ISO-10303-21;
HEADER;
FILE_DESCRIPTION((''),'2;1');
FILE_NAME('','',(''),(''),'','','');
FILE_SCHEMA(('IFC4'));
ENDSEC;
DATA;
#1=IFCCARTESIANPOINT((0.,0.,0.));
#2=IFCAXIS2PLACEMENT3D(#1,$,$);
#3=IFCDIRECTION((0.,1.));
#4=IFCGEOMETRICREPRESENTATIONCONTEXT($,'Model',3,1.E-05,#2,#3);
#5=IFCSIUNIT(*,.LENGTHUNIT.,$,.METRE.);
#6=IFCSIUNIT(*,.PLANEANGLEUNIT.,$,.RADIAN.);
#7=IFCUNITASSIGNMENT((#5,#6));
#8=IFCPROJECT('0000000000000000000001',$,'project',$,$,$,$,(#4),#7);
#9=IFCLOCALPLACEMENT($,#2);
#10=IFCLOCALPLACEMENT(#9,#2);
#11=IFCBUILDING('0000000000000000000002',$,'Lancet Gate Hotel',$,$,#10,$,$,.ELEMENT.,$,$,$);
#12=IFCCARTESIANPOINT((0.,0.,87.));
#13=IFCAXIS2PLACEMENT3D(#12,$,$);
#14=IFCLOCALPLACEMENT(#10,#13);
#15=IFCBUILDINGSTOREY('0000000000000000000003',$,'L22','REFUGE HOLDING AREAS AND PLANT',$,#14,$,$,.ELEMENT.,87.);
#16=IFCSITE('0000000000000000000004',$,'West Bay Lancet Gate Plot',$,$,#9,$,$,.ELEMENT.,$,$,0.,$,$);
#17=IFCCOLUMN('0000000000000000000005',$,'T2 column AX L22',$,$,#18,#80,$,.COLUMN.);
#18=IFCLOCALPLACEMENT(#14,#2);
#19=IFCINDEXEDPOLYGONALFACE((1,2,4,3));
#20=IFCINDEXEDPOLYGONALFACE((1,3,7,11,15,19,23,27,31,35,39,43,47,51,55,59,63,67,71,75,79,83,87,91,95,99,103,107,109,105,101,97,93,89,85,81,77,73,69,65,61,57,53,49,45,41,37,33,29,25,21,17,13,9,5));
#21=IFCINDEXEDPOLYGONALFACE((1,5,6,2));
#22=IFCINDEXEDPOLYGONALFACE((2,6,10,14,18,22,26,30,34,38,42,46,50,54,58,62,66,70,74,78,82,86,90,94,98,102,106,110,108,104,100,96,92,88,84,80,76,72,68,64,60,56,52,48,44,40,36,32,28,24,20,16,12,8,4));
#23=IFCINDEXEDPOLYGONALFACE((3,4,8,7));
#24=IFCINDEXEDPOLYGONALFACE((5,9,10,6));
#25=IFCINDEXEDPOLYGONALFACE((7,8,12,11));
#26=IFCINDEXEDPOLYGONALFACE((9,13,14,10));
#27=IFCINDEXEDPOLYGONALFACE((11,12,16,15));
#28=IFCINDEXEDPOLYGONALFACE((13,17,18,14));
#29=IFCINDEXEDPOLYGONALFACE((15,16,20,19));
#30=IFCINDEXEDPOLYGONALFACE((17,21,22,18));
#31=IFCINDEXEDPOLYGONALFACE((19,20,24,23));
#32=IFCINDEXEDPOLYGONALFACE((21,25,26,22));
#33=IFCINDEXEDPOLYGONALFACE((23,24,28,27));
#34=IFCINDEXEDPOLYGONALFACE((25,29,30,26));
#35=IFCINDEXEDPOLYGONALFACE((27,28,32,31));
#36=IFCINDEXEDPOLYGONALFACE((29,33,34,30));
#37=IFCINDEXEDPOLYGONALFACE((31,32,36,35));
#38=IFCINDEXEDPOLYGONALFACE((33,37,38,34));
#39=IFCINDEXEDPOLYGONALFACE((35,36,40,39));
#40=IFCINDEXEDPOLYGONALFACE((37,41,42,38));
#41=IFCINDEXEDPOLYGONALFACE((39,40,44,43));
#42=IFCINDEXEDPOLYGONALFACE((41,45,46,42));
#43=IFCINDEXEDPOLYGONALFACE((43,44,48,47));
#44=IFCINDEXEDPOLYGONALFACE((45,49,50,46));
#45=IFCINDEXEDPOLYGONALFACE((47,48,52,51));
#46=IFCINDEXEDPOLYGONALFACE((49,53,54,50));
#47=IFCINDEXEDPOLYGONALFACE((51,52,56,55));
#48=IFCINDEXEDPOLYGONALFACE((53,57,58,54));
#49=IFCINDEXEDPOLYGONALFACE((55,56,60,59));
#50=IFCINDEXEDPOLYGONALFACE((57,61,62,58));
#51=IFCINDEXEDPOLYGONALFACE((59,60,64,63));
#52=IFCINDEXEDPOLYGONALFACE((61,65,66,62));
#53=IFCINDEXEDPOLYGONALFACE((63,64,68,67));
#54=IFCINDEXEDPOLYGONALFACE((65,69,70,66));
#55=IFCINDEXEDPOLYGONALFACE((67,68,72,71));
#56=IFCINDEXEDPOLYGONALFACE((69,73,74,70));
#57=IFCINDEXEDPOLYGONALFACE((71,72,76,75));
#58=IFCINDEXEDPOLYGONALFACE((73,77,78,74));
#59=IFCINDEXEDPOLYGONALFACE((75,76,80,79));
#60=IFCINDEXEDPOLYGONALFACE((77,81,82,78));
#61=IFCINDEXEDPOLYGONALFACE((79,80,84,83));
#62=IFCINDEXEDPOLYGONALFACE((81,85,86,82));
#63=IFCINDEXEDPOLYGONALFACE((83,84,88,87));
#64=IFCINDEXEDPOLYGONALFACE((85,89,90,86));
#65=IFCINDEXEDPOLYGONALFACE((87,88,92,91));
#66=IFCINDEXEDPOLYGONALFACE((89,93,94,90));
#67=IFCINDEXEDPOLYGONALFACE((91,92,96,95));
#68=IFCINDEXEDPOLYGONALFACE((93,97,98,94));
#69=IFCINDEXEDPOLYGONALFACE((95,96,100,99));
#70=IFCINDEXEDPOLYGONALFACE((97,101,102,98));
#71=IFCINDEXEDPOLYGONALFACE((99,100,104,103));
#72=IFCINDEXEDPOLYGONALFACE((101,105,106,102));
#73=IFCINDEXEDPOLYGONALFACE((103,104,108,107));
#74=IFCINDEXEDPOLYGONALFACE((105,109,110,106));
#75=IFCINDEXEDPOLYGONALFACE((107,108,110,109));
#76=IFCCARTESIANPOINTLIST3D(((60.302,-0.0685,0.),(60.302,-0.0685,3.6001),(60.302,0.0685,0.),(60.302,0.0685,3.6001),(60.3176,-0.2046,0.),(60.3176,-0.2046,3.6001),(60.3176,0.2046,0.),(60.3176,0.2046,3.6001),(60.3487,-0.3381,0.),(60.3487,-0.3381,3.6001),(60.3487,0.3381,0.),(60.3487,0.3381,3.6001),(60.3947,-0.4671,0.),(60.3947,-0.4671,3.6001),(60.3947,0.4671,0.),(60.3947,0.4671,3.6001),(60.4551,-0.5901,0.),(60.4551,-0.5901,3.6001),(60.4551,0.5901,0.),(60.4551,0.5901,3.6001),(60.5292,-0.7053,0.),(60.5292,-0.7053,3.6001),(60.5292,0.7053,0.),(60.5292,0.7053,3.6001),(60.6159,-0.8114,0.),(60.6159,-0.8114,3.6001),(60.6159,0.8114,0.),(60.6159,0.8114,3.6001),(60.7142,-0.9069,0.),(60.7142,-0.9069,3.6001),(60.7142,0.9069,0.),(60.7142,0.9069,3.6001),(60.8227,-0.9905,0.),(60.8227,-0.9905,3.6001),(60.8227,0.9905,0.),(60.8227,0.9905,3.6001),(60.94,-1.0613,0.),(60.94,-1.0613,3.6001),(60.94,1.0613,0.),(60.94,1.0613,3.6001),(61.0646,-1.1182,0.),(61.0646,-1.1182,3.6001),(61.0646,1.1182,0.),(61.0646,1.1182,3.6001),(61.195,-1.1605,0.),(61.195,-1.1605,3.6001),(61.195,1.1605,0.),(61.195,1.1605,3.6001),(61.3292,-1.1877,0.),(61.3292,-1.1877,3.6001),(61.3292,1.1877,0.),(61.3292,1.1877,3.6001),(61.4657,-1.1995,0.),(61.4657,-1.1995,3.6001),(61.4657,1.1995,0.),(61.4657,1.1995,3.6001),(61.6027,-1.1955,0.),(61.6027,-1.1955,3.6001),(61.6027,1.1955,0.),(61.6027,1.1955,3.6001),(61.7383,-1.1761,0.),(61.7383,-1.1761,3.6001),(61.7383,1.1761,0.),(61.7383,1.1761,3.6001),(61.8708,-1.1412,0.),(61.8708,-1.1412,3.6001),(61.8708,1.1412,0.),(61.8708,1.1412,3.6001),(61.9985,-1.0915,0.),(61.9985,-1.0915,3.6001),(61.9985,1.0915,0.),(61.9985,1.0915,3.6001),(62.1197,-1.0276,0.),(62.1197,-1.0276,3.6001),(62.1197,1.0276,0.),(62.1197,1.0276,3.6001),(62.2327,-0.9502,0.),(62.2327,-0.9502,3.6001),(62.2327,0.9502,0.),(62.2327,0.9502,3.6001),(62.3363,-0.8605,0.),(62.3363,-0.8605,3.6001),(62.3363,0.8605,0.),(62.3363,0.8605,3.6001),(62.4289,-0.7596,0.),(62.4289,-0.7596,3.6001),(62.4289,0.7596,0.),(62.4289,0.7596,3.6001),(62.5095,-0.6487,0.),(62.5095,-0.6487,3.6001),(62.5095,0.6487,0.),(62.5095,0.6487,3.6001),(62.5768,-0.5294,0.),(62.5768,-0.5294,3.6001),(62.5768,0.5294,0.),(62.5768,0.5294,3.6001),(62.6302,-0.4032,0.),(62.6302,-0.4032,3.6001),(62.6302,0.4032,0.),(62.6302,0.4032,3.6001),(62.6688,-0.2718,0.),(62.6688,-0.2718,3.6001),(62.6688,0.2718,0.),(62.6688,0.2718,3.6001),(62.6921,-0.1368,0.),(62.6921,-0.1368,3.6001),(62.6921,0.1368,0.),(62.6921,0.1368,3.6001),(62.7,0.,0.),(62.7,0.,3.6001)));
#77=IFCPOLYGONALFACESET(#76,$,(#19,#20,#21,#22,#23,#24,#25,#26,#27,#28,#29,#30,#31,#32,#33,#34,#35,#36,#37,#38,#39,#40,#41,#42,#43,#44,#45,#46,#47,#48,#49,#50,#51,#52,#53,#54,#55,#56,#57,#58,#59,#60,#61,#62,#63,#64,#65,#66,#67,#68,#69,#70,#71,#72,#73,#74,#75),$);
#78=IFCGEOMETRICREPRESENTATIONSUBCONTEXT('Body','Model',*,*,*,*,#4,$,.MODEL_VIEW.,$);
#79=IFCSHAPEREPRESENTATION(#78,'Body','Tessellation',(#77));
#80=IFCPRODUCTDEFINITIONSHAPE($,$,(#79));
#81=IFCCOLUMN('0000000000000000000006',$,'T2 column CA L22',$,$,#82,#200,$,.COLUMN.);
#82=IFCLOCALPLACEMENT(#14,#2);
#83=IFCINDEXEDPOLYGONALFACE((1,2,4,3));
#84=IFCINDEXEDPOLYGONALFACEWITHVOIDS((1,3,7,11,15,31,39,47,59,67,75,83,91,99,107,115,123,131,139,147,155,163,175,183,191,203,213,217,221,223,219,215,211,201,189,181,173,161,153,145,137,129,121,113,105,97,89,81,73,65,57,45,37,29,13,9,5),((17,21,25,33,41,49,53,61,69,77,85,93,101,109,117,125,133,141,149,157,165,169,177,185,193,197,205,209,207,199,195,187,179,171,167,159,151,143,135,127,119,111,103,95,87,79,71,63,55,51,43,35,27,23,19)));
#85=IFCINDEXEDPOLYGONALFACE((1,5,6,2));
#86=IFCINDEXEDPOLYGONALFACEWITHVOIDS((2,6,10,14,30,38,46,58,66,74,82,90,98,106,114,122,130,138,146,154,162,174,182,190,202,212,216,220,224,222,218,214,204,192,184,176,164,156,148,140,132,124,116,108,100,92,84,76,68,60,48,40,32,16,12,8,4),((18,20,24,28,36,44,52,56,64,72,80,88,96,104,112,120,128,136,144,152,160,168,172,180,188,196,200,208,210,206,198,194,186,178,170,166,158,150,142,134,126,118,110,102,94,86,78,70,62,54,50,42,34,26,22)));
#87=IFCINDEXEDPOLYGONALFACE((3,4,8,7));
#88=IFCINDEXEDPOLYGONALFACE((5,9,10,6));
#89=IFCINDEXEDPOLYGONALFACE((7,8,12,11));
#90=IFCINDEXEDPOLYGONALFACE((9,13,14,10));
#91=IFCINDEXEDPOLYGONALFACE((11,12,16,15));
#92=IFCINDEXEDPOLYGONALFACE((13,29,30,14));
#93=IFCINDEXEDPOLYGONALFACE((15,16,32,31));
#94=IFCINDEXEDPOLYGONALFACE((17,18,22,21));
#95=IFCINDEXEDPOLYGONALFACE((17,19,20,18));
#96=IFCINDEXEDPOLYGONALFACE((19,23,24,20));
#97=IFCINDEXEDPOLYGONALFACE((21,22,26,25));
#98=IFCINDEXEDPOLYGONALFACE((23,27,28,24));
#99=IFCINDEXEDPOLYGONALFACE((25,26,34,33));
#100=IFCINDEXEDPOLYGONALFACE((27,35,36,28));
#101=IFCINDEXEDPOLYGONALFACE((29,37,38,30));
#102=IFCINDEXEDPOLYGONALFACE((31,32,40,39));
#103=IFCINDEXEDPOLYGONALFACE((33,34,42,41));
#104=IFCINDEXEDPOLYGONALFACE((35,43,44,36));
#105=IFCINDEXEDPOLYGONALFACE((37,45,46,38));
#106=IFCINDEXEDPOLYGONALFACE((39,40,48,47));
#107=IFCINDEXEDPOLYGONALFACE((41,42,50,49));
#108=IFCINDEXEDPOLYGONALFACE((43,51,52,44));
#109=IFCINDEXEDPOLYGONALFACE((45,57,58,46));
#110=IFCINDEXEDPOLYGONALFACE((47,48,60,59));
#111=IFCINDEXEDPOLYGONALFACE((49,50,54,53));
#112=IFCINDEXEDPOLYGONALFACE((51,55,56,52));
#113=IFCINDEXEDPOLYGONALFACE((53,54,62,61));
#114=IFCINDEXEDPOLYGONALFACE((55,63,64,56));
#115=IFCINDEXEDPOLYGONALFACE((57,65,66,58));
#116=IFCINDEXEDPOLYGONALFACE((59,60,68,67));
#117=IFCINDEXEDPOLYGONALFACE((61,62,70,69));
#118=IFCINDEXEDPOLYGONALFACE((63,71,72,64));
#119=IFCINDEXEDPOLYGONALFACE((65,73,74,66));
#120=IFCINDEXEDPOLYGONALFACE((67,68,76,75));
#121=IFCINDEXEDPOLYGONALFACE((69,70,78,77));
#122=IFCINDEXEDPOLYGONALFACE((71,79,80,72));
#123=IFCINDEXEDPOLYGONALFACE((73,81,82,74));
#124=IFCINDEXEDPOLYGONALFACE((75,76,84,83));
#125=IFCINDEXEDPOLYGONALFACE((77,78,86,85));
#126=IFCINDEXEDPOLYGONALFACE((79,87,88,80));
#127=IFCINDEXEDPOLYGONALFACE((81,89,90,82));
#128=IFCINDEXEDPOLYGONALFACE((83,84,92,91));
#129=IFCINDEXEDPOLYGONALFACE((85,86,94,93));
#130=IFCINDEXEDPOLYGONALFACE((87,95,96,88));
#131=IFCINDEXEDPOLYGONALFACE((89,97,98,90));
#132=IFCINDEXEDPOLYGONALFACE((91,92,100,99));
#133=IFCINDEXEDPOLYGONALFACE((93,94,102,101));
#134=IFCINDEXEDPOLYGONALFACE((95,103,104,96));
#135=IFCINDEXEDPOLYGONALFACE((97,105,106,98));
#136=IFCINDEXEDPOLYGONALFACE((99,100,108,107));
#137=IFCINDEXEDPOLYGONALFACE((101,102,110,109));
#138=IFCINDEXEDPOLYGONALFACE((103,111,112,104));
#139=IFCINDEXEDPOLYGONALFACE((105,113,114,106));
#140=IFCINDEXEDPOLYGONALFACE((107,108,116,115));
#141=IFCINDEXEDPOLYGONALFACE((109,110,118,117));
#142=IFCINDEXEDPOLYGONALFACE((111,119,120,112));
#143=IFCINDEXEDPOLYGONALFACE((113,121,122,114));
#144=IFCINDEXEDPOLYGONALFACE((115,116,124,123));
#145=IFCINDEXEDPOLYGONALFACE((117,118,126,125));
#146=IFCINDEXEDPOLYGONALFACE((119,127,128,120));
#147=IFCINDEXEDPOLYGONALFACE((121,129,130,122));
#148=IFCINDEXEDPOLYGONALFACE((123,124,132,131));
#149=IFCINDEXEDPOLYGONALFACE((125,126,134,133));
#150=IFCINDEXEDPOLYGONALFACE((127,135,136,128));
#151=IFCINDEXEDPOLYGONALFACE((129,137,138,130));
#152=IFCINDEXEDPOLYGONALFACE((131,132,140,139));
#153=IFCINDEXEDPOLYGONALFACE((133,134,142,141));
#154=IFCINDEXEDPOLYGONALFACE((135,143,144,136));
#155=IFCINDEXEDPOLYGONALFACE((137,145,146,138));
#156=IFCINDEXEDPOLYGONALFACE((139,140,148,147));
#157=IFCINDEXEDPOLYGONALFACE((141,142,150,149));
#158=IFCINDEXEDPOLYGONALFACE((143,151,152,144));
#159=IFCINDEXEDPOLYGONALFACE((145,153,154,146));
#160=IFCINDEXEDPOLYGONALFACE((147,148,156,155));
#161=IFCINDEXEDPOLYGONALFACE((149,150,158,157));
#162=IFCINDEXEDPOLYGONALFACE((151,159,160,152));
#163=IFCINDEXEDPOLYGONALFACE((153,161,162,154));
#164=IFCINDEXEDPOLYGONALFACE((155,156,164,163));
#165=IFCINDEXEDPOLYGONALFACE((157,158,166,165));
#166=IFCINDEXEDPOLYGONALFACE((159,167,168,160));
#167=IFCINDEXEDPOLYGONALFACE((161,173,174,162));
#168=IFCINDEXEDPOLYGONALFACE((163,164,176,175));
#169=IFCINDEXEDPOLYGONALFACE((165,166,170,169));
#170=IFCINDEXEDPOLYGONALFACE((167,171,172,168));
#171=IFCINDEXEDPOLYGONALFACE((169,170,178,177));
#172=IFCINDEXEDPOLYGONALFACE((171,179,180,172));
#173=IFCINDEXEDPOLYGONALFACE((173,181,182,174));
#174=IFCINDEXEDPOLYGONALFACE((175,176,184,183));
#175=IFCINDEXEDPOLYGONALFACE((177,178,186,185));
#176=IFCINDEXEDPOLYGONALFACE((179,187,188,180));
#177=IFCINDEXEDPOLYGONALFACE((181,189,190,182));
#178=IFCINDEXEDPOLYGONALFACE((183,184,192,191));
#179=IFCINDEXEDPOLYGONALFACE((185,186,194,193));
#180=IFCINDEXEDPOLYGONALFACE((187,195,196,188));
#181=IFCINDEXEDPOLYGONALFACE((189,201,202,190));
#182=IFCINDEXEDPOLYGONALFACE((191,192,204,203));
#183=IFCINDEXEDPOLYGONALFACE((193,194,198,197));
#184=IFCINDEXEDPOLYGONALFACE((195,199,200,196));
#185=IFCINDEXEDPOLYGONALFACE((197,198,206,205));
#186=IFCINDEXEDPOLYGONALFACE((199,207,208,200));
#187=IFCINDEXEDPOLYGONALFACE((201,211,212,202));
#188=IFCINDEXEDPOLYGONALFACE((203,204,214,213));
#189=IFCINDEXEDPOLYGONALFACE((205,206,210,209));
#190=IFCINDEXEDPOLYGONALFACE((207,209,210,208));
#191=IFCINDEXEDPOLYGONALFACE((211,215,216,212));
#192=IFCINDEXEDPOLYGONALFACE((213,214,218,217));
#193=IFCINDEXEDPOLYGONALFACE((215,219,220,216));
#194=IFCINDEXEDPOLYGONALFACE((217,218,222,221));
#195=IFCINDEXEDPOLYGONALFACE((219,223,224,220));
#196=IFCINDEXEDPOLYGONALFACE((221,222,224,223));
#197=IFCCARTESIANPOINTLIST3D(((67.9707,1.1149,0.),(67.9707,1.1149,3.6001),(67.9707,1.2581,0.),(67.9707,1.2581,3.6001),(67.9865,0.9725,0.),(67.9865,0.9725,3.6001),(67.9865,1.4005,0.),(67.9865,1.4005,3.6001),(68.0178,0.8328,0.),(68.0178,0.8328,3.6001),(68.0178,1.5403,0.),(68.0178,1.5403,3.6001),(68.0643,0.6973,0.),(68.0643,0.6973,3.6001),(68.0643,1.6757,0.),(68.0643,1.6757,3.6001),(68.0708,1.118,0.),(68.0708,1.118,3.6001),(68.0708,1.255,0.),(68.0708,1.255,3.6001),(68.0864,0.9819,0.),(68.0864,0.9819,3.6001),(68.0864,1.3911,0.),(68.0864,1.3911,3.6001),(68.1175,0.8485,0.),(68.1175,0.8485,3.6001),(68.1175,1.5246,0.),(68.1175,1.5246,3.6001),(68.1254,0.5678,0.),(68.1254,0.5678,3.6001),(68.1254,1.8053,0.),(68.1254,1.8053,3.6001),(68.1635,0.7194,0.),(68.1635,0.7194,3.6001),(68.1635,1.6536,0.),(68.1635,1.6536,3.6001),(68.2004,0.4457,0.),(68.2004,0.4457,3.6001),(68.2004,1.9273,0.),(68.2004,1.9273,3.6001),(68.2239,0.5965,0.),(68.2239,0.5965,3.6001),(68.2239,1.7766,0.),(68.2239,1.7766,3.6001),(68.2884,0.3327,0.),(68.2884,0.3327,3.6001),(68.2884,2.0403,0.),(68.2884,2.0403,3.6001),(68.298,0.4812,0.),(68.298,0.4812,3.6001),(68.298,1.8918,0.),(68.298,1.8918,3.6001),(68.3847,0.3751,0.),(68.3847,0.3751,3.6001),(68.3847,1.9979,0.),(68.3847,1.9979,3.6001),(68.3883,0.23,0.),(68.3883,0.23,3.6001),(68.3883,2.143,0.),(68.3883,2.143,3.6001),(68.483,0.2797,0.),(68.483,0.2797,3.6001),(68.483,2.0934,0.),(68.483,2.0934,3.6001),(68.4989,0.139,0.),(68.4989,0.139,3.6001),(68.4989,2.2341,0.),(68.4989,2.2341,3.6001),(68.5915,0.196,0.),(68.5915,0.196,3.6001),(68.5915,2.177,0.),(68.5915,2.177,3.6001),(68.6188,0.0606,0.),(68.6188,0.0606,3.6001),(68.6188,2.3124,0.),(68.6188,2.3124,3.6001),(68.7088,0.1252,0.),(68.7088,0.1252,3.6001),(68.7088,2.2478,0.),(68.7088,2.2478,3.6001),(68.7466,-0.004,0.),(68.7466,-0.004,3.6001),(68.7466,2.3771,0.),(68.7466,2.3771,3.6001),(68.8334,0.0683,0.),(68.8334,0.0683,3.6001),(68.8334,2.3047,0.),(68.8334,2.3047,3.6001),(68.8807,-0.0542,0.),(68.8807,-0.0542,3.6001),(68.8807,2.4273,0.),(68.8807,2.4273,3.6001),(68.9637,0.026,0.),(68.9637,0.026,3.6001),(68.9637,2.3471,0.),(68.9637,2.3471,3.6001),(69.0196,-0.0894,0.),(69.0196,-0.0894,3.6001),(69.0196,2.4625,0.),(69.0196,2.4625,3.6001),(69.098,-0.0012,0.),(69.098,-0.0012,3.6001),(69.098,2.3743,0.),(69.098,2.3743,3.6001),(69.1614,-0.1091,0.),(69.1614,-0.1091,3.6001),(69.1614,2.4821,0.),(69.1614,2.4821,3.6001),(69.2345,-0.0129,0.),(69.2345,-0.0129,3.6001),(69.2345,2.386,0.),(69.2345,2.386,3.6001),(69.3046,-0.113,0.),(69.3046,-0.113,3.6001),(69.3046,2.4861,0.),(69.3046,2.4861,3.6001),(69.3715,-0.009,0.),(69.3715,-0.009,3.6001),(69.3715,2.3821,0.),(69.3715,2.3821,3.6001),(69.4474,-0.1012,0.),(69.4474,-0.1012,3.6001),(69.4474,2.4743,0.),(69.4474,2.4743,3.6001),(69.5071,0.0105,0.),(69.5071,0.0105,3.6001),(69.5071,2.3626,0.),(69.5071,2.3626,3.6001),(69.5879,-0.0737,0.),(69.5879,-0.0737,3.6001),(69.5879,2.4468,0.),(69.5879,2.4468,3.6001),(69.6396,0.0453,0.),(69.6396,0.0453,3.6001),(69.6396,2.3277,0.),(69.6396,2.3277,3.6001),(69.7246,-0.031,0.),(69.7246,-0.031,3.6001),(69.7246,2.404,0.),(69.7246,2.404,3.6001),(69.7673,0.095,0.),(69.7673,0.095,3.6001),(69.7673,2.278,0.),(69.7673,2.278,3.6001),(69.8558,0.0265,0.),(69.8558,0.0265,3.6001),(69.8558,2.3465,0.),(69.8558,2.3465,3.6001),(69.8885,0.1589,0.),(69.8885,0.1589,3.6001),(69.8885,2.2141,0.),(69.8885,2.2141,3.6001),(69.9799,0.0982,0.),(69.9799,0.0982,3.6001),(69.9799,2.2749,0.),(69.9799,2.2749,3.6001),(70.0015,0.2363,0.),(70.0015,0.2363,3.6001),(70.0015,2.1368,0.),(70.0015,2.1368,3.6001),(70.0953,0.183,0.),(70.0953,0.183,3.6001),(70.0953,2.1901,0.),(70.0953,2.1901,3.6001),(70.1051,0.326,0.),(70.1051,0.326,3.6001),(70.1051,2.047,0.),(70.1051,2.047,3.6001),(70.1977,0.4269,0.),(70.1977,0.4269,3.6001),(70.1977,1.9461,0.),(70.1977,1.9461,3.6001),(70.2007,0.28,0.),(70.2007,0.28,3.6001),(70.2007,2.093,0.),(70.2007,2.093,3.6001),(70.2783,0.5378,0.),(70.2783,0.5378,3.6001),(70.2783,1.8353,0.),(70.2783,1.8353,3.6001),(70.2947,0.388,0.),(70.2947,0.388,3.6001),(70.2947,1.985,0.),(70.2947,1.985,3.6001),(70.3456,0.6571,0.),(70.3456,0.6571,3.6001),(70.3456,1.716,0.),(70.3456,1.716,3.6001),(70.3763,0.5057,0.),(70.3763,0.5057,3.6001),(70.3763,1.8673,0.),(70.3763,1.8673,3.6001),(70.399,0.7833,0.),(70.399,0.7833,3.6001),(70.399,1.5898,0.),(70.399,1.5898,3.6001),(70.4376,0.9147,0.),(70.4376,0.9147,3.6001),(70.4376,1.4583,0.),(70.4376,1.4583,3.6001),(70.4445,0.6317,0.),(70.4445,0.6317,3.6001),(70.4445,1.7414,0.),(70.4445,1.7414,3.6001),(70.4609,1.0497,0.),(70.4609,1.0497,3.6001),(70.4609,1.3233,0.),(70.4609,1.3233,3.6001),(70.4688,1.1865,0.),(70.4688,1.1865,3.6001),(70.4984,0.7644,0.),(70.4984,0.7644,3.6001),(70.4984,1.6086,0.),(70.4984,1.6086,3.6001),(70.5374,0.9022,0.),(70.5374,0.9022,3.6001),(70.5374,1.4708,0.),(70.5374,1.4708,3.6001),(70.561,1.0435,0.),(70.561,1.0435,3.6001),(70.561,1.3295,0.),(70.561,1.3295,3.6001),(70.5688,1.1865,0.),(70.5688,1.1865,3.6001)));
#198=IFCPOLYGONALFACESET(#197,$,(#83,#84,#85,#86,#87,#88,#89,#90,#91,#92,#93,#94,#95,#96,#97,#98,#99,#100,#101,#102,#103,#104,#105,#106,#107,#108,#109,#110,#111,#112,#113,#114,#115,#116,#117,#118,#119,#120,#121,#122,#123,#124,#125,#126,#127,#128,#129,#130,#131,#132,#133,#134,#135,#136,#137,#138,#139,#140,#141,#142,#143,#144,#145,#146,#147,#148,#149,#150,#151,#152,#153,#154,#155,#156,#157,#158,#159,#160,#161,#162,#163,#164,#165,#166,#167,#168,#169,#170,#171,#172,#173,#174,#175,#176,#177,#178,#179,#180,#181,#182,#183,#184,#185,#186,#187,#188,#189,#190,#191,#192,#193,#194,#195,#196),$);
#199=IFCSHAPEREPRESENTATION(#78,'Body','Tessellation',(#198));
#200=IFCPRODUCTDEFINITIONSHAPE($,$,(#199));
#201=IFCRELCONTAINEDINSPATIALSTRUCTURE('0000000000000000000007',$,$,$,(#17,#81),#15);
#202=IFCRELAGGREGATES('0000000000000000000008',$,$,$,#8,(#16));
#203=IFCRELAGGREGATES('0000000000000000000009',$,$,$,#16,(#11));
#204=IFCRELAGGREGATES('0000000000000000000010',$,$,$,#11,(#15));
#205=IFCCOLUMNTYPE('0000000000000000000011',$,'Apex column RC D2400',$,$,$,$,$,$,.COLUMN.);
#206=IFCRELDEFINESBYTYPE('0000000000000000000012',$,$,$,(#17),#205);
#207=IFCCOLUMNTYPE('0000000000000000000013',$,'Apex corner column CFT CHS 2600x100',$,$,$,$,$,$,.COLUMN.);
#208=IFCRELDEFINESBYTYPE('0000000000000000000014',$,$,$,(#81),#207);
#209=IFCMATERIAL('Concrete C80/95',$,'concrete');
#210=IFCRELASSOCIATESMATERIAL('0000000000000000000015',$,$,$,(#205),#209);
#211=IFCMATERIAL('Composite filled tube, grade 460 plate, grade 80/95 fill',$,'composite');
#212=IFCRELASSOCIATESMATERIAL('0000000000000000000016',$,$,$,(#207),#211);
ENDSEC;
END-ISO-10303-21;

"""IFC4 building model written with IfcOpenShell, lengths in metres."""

from ifc_helpers import new_model, si_unit, direction, frame, origin, origin_2d, place, context, subcontext, project, spatial, circle, hollow_circle, extrude, material, material_profile, profile_set, type_object, element, save


model = new_model("IFC4")

# Units and contexts
model_context = context("Model", 3, precision=1e-05, world=origin(), true_north=direction((0.0, 1.0)))
body_context = subcontext(model_context, "Body", "Model", "MODEL_VIEW")
ifc_project = project(units=[si_unit("LENGTHUNIT", "METRE"), si_unit("PLANEANGLEUNIT", "RADIAN")], contexts=[model_context])

# Site, building, storey
site_placement = place(None, origin())
site = spatial("IfcSite", under=ifc_project, at=site_placement, Name="West Bay Lancet Gate Plot", CompositionType="ELEMENT", RefElevation=0.0)
building_placement = place(site_placement, origin())
building = spatial("IfcBuilding", under=site, at=building_placement, Name="Lancet Gate Hotel", CompositionType="ELEMENT")
storey_placement = place(building_placement, frame((0.0, 0.0, 87.0)))
storey = spatial("IfcBuildingStorey", under=building, at=storey_placement, Name="L22", Description="REFUGE HOLDING AREAS AND PLANT", CompositionType="ELEMENT", Elevation=87.0)

# Columns
ifc_material_1 = material(Name="Concrete C80/95", Category="concrete")
ifc_material_profile_1 = material_profile(ifc_material_1, circle(Radius=1.2, at=origin_2d()), Name="RC D2400")
ifc_profile_set_1 = profile_set([ifc_material_profile_1], Name="Concrete C80/95")
column_type_1 = type_object("IfcColumnType", Name="Apex column RC D2400", PredefinedType="COLUMN", material=ifc_profile_set_1)
column_1_placement = place(storey_placement, frame((61.5, 0.0, 0.0), z_axis=(0.0, 0.0, 1.0), x_axis=(1.0, 0.0, 0.0)))
element("IfcColumn", 1, at=column_1_placement, inside=storey, type_object=column_type_1, Name="T2 column AX L22", PredefinedType="COLUMN", context=body_context, shape_type="SweptSolid", body=[
    extrude(circle(Radius=1.2, at=origin_2d()), origin(), (0.0, 0.0, 1.0), 3.6001),
])
ifc_material_2 = material(Name="Composite filled tube, grade 460 plate, grade 80/95 fill", Category="composite")
ifc_material_profile_2 = material_profile(ifc_material_2, hollow_circle(Radius=1.3, WallThickness=0.1001, at=origin_2d()), Name="CHS 2600x100")
ifc_profile_set_2 = profile_set([ifc_material_profile_2], Name="Composite filled tube, grade 460 plate, grade 80/95 fill")
column_type_2 = type_object("IfcColumnType", Name="Apex corner column CFT CHS 2600x100", PredefinedType="COLUMN", material=ifc_profile_set_2)
column_2_placement = place(storey_placement, frame((69.2688, 1.1865, 0.0), z_axis=(0.0, 0.0, 1.0), x_axis=(1.0, 0.0, 0.0)))
element("IfcColumn", 2, at=column_2_placement, inside=storey, type_object=column_type_2, Name="T2 column CA L22", PredefinedType="COLUMN", context=body_context, shape_type="SweptSolid", body=[
    extrude(hollow_circle(Radius=1.3, WallThickness=0.1001, at=origin_2d()), origin(), (0.0, 0.0, 1.0), 3.6001),
])

save(model, "model.ifc")
